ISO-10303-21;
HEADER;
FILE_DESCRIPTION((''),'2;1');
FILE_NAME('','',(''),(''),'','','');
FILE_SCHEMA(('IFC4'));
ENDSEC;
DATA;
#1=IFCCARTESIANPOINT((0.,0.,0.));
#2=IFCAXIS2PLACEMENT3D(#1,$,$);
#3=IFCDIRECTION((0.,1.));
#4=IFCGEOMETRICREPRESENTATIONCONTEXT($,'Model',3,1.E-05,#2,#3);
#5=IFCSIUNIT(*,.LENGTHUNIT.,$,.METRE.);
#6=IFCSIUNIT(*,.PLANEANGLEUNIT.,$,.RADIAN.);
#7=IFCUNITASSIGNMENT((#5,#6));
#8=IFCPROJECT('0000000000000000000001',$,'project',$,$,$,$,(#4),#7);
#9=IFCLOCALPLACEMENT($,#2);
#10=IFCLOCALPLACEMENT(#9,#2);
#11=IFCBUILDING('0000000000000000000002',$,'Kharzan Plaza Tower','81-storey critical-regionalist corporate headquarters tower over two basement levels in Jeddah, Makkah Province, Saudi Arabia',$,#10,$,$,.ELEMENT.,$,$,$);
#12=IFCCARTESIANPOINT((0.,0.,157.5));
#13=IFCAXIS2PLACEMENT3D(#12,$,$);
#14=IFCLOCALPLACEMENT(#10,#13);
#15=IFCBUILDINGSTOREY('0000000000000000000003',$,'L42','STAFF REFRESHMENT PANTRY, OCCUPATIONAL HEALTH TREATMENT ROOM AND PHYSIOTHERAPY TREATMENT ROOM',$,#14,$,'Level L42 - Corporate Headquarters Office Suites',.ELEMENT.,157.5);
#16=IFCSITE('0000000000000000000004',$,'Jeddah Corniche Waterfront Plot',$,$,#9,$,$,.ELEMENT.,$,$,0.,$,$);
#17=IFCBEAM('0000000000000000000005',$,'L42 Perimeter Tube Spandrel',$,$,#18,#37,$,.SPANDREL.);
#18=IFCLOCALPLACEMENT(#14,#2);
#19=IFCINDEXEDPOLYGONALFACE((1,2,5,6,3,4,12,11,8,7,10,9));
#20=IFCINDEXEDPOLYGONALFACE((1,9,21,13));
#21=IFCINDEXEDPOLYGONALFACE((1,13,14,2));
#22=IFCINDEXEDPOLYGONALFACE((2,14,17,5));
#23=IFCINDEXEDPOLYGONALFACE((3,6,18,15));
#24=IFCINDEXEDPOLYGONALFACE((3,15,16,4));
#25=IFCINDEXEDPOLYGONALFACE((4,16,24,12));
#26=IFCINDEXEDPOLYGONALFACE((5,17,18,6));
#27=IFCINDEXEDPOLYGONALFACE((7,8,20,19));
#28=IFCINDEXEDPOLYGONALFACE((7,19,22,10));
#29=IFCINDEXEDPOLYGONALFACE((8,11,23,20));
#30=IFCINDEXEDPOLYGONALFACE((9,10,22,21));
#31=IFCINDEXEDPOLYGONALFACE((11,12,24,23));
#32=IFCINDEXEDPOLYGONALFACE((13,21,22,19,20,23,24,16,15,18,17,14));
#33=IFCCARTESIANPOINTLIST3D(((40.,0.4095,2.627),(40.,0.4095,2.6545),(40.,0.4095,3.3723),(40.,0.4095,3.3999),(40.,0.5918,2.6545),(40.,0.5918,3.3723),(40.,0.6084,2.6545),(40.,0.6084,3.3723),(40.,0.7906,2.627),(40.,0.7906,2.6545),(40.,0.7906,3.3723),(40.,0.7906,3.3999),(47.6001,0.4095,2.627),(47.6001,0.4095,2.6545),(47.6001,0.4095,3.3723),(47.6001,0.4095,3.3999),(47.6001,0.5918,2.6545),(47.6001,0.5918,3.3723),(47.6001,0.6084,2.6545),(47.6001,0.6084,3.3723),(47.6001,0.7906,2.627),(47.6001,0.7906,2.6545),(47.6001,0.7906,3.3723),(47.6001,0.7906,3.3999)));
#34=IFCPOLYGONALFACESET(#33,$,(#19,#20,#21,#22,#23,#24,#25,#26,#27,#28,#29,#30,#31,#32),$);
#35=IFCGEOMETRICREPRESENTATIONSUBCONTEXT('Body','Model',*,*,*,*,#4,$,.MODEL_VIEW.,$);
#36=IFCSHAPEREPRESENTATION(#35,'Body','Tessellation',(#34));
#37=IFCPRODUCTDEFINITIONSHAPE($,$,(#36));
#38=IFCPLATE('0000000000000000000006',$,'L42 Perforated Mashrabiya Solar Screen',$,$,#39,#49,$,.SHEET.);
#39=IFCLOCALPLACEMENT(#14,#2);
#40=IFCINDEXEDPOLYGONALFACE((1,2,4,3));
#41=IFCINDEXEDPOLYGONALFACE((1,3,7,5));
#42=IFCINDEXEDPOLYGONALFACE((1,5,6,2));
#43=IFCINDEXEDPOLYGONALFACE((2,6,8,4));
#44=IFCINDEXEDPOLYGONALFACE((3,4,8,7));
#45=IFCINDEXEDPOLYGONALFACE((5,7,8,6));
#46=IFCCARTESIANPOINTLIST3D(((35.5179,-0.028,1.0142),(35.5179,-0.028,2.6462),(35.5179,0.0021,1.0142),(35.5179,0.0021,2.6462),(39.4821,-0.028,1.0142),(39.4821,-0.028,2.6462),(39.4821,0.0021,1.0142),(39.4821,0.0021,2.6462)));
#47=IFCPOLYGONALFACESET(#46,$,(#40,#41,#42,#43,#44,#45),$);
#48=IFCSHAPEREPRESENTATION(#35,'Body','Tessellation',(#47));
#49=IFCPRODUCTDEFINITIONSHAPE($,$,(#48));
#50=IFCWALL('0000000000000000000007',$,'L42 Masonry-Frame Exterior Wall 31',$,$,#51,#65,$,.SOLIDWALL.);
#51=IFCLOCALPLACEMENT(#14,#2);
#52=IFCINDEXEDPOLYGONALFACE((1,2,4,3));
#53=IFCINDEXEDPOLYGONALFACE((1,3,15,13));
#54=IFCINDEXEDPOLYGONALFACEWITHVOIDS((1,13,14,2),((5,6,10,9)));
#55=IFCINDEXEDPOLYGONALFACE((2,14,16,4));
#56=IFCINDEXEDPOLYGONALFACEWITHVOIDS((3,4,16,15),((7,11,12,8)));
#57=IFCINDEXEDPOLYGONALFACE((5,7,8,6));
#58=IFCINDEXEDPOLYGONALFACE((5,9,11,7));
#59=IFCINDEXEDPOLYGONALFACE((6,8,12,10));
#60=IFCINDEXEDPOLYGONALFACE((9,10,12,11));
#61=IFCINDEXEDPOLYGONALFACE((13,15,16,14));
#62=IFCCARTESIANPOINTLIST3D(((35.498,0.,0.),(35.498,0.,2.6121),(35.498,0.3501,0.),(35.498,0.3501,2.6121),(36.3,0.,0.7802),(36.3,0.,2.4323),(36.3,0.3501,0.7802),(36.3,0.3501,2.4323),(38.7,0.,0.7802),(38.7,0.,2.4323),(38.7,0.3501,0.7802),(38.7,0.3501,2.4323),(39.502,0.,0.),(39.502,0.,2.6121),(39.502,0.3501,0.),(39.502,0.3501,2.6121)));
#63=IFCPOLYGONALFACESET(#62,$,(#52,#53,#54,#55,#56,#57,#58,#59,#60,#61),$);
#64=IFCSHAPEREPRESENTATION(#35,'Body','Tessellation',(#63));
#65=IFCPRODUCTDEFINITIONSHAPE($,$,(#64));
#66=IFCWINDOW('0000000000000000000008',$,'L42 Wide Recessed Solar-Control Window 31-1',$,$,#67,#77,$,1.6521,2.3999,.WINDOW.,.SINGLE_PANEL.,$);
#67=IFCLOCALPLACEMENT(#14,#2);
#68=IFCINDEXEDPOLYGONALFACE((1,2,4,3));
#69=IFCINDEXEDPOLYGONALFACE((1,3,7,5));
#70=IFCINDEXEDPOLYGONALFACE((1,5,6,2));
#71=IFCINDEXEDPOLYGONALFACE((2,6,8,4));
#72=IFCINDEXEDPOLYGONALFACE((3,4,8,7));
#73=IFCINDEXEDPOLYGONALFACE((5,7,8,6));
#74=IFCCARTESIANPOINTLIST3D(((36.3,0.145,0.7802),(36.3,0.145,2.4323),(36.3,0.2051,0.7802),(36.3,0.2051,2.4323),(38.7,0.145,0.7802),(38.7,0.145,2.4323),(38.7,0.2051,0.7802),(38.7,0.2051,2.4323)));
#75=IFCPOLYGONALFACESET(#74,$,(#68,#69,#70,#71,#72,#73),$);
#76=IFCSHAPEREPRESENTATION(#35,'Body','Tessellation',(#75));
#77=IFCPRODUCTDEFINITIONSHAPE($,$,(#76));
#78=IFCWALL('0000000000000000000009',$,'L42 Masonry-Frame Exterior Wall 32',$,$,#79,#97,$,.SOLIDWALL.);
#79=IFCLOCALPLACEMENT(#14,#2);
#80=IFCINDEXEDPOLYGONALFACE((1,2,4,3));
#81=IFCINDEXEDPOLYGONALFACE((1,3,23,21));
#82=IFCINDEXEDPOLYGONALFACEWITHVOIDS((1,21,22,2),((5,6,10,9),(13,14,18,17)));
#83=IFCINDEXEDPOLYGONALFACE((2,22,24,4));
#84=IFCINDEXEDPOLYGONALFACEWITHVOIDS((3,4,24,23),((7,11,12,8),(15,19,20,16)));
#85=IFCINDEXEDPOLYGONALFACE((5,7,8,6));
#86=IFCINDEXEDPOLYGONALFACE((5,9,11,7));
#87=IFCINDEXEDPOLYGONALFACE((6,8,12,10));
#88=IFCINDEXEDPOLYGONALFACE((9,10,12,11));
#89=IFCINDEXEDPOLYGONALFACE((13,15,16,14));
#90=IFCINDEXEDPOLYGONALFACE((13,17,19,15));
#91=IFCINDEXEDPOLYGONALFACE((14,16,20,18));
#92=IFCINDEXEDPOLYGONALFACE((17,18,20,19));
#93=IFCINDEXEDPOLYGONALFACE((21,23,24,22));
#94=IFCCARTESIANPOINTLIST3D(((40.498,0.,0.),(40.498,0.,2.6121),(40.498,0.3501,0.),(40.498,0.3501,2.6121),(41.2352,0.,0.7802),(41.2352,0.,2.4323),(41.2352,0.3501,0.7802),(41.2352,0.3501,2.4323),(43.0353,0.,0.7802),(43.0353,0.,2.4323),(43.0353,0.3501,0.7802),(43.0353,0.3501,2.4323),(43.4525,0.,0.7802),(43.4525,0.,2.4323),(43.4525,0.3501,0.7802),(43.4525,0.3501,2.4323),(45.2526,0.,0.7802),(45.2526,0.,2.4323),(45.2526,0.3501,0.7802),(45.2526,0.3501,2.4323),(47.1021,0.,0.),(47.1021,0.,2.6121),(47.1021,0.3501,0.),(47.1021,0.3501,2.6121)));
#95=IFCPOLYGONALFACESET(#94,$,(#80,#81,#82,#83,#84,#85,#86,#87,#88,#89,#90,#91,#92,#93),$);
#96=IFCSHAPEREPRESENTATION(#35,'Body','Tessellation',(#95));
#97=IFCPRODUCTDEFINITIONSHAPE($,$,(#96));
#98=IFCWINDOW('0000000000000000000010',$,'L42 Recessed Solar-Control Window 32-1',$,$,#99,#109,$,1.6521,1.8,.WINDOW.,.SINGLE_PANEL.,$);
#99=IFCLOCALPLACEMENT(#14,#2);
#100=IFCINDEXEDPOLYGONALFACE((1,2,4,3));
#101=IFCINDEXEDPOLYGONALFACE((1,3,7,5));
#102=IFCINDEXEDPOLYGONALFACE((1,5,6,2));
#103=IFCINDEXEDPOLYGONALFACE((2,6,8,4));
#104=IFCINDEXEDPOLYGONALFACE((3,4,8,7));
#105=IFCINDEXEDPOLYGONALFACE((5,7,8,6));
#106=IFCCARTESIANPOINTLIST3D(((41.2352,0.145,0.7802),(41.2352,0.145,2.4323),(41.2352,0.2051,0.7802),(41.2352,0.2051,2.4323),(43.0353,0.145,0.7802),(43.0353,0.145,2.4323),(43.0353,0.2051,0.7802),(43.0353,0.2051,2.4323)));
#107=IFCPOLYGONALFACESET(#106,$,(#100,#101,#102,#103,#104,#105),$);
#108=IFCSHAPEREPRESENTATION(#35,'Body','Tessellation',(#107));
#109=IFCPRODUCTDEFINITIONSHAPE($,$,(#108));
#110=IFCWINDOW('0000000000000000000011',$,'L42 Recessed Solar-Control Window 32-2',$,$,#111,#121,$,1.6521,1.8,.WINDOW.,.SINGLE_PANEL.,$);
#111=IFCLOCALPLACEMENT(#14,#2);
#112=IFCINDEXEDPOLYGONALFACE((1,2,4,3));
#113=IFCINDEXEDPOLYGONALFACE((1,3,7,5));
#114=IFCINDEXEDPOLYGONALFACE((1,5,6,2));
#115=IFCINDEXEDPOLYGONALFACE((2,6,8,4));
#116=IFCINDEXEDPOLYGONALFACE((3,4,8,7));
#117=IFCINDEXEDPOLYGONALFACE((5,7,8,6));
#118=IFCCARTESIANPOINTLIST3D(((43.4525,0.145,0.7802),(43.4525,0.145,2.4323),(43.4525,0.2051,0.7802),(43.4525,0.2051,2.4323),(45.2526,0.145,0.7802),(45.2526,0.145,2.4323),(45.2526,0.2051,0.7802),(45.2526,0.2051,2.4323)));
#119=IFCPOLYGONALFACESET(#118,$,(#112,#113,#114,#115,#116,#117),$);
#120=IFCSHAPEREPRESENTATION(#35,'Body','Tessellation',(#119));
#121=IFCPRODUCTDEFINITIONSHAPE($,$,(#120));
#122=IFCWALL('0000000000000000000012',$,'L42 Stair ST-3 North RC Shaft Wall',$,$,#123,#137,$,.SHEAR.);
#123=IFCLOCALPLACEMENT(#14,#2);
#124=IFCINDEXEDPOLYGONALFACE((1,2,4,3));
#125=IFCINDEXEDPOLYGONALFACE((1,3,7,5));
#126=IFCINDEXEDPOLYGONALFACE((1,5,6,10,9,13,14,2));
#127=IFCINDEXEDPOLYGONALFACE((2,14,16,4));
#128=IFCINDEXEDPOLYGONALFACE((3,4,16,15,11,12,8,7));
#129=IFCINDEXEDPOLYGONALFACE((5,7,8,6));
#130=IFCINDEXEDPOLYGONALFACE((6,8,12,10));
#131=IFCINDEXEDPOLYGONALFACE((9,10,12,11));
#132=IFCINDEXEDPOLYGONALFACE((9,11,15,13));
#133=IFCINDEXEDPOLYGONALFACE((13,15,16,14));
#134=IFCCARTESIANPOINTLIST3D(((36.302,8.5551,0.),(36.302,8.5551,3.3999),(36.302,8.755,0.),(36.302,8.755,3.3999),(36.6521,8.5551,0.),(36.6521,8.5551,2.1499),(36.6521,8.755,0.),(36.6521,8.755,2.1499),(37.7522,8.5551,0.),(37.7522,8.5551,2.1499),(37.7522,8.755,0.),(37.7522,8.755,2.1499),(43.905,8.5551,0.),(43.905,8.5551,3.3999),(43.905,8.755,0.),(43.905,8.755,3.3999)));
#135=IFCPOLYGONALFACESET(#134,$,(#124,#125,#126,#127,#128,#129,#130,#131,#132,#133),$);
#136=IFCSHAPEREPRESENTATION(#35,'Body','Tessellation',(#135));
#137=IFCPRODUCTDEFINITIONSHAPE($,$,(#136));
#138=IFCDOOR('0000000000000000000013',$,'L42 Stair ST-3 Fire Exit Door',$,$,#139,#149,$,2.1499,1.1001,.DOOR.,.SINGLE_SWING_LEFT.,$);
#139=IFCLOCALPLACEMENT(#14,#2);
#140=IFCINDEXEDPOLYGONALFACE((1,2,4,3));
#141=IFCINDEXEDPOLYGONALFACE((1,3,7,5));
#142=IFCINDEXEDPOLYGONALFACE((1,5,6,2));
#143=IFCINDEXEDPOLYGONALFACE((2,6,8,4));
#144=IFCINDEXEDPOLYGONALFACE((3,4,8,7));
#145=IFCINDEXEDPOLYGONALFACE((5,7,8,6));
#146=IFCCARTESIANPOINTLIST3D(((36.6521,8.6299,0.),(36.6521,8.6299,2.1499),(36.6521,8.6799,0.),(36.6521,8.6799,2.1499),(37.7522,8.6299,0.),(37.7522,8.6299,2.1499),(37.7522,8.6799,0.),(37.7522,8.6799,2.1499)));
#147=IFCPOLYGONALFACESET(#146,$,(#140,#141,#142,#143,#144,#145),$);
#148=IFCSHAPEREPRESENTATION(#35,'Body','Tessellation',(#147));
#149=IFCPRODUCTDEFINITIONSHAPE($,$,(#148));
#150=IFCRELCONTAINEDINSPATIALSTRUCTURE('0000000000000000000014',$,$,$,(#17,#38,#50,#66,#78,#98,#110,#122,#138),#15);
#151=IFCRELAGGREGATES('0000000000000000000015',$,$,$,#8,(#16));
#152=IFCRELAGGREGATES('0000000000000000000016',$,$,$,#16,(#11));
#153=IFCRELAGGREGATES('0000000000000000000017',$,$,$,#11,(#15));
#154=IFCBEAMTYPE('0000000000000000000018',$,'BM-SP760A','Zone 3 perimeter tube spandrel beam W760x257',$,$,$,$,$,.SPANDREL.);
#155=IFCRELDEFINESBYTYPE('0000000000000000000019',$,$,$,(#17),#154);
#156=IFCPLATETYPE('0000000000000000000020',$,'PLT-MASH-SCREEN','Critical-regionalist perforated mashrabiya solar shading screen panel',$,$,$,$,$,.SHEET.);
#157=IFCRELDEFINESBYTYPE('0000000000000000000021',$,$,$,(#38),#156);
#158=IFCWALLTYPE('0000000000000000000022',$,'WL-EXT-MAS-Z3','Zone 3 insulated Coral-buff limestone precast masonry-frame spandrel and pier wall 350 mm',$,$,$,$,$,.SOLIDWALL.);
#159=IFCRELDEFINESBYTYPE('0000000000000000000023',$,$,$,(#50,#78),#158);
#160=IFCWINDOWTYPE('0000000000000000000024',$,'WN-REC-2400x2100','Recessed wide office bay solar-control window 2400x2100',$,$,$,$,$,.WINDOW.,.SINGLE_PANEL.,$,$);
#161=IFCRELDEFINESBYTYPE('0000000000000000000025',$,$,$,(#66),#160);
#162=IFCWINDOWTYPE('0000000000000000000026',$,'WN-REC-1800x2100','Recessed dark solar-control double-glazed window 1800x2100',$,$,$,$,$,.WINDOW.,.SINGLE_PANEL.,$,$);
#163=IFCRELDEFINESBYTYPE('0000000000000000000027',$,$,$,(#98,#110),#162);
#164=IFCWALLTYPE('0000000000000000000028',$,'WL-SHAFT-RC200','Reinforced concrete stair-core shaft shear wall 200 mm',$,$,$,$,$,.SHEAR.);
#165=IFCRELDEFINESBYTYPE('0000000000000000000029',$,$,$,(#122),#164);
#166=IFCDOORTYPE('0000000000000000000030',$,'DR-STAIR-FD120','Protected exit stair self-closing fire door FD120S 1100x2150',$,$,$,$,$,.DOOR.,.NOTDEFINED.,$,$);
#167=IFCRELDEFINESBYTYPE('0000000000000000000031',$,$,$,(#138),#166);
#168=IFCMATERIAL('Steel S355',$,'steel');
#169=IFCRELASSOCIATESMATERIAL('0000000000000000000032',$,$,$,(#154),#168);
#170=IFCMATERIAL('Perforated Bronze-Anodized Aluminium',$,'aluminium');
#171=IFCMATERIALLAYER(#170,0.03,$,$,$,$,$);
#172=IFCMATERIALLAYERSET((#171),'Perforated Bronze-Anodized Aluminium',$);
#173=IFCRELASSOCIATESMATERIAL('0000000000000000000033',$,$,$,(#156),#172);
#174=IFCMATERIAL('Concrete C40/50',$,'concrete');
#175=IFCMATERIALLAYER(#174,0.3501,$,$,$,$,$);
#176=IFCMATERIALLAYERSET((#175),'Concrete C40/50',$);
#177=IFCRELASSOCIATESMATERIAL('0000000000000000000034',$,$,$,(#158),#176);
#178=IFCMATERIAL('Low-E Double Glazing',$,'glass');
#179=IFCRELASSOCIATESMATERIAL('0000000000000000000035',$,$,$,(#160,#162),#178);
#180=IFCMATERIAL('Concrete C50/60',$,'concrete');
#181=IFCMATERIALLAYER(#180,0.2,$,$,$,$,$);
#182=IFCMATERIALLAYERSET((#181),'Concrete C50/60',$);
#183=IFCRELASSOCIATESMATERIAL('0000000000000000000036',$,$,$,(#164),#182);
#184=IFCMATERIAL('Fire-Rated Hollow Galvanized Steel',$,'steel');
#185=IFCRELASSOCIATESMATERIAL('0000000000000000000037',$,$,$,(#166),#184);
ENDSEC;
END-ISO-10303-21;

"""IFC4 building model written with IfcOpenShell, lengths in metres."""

from ifc_helpers import new_model, si_unit, direction, frame, frame_2d, origin, origin_2d, place, context, subcontext, project, spatial, rectangle, i_section, extrude, source, transform, mapped, material, layer, layer_set, material_profile, profile_set, type_object, element, fill, save


model = new_model("IFC4")

# Units and contexts
model_context = context("Model", 3, precision=1e-05, world=origin(), true_north=direction((0.0, 1.0)))
body_context = subcontext(model_context, "Body", "Model", "MODEL_VIEW")
ifc_project = project(units=[si_unit("LENGTHUNIT", "METRE"), si_unit("PLANEANGLEUNIT", "RADIAN")], contexts=[model_context])

# Site, building, storey
site_placement = place(None, origin())
site = spatial("IfcSite", under=ifc_project, at=site_placement, Name="Jeddah Corniche Waterfront Plot", CompositionType="ELEMENT", RefElevation=0.0)
building_placement = place(site_placement, origin())
building = spatial("IfcBuilding", under=site, at=building_placement, Name="Kharzan Plaza Tower", Description="81-storey critical-regionalist corporate headquarters tower over two basement levels in Jeddah, Makkah Province, Saudi Arabia", CompositionType="ELEMENT")
storey_placement = place(building_placement, frame((0.0, 0.0, 157.5)))
storey = spatial("IfcBuildingStorey", under=building, at=storey_placement, Name="L42", Description="STAFF REFRESHMENT PANTRY, OCCUPATIONAL HEALTH TREATMENT ROOM AND PHYSIOTHERAPY TREATMENT ROOM", LongName="Level L42 - Corporate Headquarters Office Suites", CompositionType="ELEMENT", Elevation=157.5)

# Shared definitions
ifc_material_1 = material(Name="Concrete C50/60", Category="concrete")

# Beam
ifc_material_2 = material(Name="Steel S355", Category="steel")
ifc_material_profile_1 = material_profile(ifc_material_2, i_section(OverallWidth=0.3811, OverallDepth=0.7729, WebThickness=0.0166, FlangeThickness=0.0276, at=origin_2d()), Name="W760x257")
ifc_profile_set_1 = profile_set([ifc_material_profile_1], Name="Steel S355")
beam_type_1 = type_object("IfcBeamType", Name="BM-SP760A", Description="Zone 3 perimeter tube spandrel beam W760x257", PredefinedType="SPANDREL", material=ifc_profile_set_1)
shared_shape_1 = source(origin(), body_context, "Body", "SweptSolid", [
    extrude(i_section(OverallWidth=0.3811, OverallDepth=0.7729, WebThickness=0.0166, FlangeThickness=0.0276, at=origin_2d()), origin(), (0.0, 0.0, 1.0), 7.6001),
])
beam_1_placement = place(storey_placement, frame((40.0, 0.6001, 3.0134), z_axis=(1.0, 0.0, 0.0), x_axis=(0.0, 1.0, 0.0)))
element("IfcBeam", 1, at=beam_1_placement, inside=storey, type_object=beam_type_1, Name="L42 Perimeter Tube Spandrel", PredefinedType="SPANDREL", context=body_context, shape_type="MappedRepresentation", body=[
    mapped(shared_shape_1, transform((0.0, 0.0, 0.0), x_axis=(1.0, 0.0, 0.0), y_axis=(0.0, 1.0, 0.0), z_axis=(0.0, 0.0, 1.0))),
])

# Plate
ifc_material_3 = material(Name="Perforated Bronze-Anodized Aluminium", Category="aluminium")
ifc_layer_1 = layer(ifc_material_3, 0.03)
ifc_layer_set_1 = layer_set([ifc_layer_1], Name="Perforated Bronze-Anodized Aluminium")
plate_type = type_object("IfcPlateType", Name="PLT-MASH-SCREEN", Description="Critical-regionalist perforated mashrabiya solar shading screen panel", PredefinedType="SHEET", material=ifc_layer_set_1)
shared_shape_2 = source(origin(), body_context, "Body", "SweptSolid", [
    extrude(rectangle(XDim=3.9641, YDim=0.03, at=origin_2d()), origin(), (0.0, 0.0, 1.0), 1.6321),
])
plate_placement = place(storey_placement, frame((37.5, -0.0129, 1.0142), z_axis=(0.0, 0.0, 1.0), x_axis=(1.0, 0.0, 0.0)))
element("IfcPlate", 2, at=plate_placement, inside=storey, type_object=plate_type, Name="L42 Perforated Mashrabiya Solar Screen", PredefinedType="SHEET", context=body_context, shape_type="MappedRepresentation", body=[
    mapped(shared_shape_2, transform((0.0, 0.0, 0.0), x_axis=(1.0, 0.0, 0.0), y_axis=(0.0, 1.0, 0.0), z_axis=(0.0, 0.0, 1.0))),
])

# Wall, opening, window
ifc_material_4 = material(Name="Concrete C40/50", Category="concrete")
ifc_layer_2 = layer(ifc_material_4, 0.3501)
ifc_layer_set_2 = layer_set([ifc_layer_2], Name="Concrete C40/50")
wall_type_1 = type_object("IfcWallType", Name="WL-EXT-MAS-Z3", Description="Zone 3 insulated Coral-buff limestone precast masonry-frame spandrel and pier wall 350 mm", PredefinedType="SOLIDWALL", material=ifc_layer_set_2)
wall_1_placement = place(storey_placement, frame((35.498, 0.175, 0.0), z_axis=(0.0, 0.0, 1.0), x_axis=(1.0, 0.0, 0.0)))
wall_1 = element("IfcWall", 3, at=wall_1_placement, inside=storey, type_object=wall_type_1, Name="L42 Masonry-Frame Exterior Wall 31", PredefinedType="SOLIDWALL", context=body_context, shape_type="SweptSolid", body=[
    extrude(rectangle(XDim=4.0039, YDim=0.3501, at=frame_2d((2.002, 0.0))), origin(), (0.0, 0.0, 1.0), 2.6121),
])
opening_1_placement = place(wall_1_placement, frame((0.802, 0.0, 0.78)))
opening_1 = element("IfcOpeningElement", 4, at=opening_1_placement, cuts=wall_1, PredefinedType="OPENING", context=body_context, shape_type="SweptSolid", body=[
    extrude(rectangle(XDim=2.3999, YDim=1.6521, at=frame_2d((1.2, 0.8262))), frame((0.0, 0.1851, 0.0), z_axis=(0.0, -1.0, 0.0), x_axis=(1.0, 0.0, 0.0)), (0.0, 0.0, 1.0), 0.3701),
])
ifc_material_5 = material(Name="Low-E Double Glazing", Category="glass")
window_type_1 = type_object("IfcWindowType", Name="WN-REC-2400x2100", Description="Recessed wide office bay solar-control window 2400x2100", PartitioningType="SINGLE_PANEL", PredefinedType="WINDOW", material=ifc_material_5)
shared_shape_3 = source(origin(), body_context, "Body", "SweptSolid", [
    extrude(rectangle(XDim=2.3999, YDim=1.6521, at=frame_2d((1.2, 0.8262))), frame((0.0, 0.03, 0.0), z_axis=(0.0, -1.0, 0.0), x_axis=(1.0, 0.0, 0.0)), (0.0, 0.0, 1.0), 0.0601),
])
window_1_placement = place(opening_1_placement, origin())
window_1 = element("IfcWindow", 5, at=window_1_placement, inside=storey, type_object=window_type_1, Name="L42 Wide Recessed Solar-Control Window 31-1", OverallHeight=1.6521, OverallWidth=2.3999, PartitioningType="SINGLE_PANEL", PredefinedType="WINDOW", context=body_context, shape_type="MappedRepresentation", body=[
    mapped(shared_shape_3, transform((0.0, 0.0, 0.0), x_axis=(1.0, 0.0, 0.0), y_axis=(0.0, 1.0, 0.0), z_axis=(0.0, 0.0, 1.0))),
])
fill(opening_1, window_1)

# Wall, openings, windows
wall_2_placement = place(storey_placement, frame((40.498, 0.175, 0.0), z_axis=(0.0, 0.0, 1.0), x_axis=(1.0, 0.0, 0.0)))
wall_2 = element("IfcWall", 6, at=wall_2_placement, inside=storey, type_object=wall_type_1, Name="L42 Masonry-Frame Exterior Wall 32", PredefinedType="SOLIDWALL", context=body_context, shape_type="SweptSolid", body=[
    extrude(rectangle(XDim=6.604, YDim=0.3501, at=frame_2d((3.302, 0.0))), origin(), (0.0, 0.0, 1.0), 2.6121),
])
opening_2_placement = place(wall_2_placement, frame((0.7373, 0.0, 0.78)))
opening_2 = element("IfcOpeningElement", 7, at=opening_2_placement, cuts=wall_2, PredefinedType="OPENING", context=body_context, shape_type="SweptSolid", body=[
    extrude(rectangle(XDim=1.8, YDim=1.6521, at=frame_2d((0.8999, 0.8262))), frame((0.0, 0.1851, 0.0), z_axis=(0.0, -1.0, 0.0), x_axis=(1.0, 0.0, 0.0)), (0.0, 0.0, 1.0), 0.3701),
])
opening_3_placement = place(wall_2_placement, frame((2.9546, 0.0, 0.78)))
opening_3 = element("IfcOpeningElement", 8, at=opening_3_placement, cuts=wall_2, PredefinedType="OPENING", context=body_context, shape_type="SweptSolid", body=[
    extrude(rectangle(XDim=1.8, YDim=1.6521, at=frame_2d((0.8999, 0.8262))), frame((0.0, 0.1851, 0.0), z_axis=(0.0, -1.0, 0.0), x_axis=(1.0, 0.0, 0.0)), (0.0, 0.0, 1.0), 0.3701),
])
window_type_2 = type_object("IfcWindowType", Name="WN-REC-1800x2100", Description="Recessed dark solar-control double-glazed window 1800x2100", PartitioningType="SINGLE_PANEL", PredefinedType="WINDOW", material=ifc_material_5)
shared_shape_4 = source(origin(), body_context, "Body", "SweptSolid", [
    extrude(rectangle(XDim=1.8, YDim=1.6521, at=frame_2d((0.8999, 0.8262))), frame((0.0, 0.03, 0.0), z_axis=(0.0, -1.0, 0.0), x_axis=(1.0, 0.0, 0.0)), (0.0, 0.0, 1.0), 0.0601),
])
window_2_placement = place(opening_2_placement, origin())
window_2 = element("IfcWindow", 9, at=window_2_placement, inside=storey, type_object=window_type_2, Name="L42 Recessed Solar-Control Window 32-1", OverallHeight=1.6521, OverallWidth=1.8, PartitioningType="SINGLE_PANEL", PredefinedType="WINDOW", context=body_context, shape_type="MappedRepresentation", body=[
    mapped(shared_shape_4, transform((0.0, 0.0, 0.0), x_axis=(1.0, 0.0, 0.0), y_axis=(0.0, 1.0, 0.0), z_axis=(0.0, 0.0, 1.0))),
])
fill(opening_2, window_2)
window_3_placement = place(opening_3_placement, origin())
window_3 = element("IfcWindow", 10, at=window_3_placement, inside=storey, type_object=window_type_2, Name="L42 Recessed Solar-Control Window 32-2", OverallHeight=1.6521, OverallWidth=1.8, PartitioningType="SINGLE_PANEL", PredefinedType="WINDOW", context=body_context, shape_type="MappedRepresentation", body=[
    mapped(shared_shape_4, transform((0.0, 0.0, 0.0), x_axis=(1.0, 0.0, 0.0), y_axis=(0.0, 1.0, 0.0), z_axis=(0.0, 0.0, 1.0))),
])
fill(opening_3, window_3)

# Wall, opening, door
ifc_layer_3 = layer(ifc_material_1, 0.2)
ifc_layer_set_3 = layer_set([ifc_layer_3], Name="Concrete C50/60")
wall_type_2 = type_object("IfcWallType", Name="WL-SHAFT-RC200", Description="Reinforced concrete stair-core shaft shear wall 200 mm", PredefinedType="SHEAR", material=ifc_layer_set_3)
wall_3_placement = place(storey_placement, frame((36.302, 8.655, 0.0), z_axis=(0.0, 0.0, 1.0), x_axis=(1.0, 0.0, 0.0)))
wall_3 = element("IfcWall", 11, at=wall_3_placement, inside=storey, type_object=wall_type_2, Name="L42 Stair ST-3 North RC Shaft Wall", PredefinedType="SHEAR", context=body_context, shape_type="SweptSolid", body=[
    extrude(rectangle(XDim=7.603, YDim=0.2, at=frame_2d((3.8015, 0.0))), origin(), (0.0, 0.0, 1.0), 3.3999),
])
opening_4_placement = place(wall_3_placement, frame((0.3501, 0.0, 0.0)))
opening_4 = element("IfcOpeningElement", 12, at=opening_4_placement, cuts=wall_3, PredefinedType="OPENING", context=body_context, shape_type="SweptSolid", body=[
    extrude(rectangle(XDim=1.1001, YDim=2.1499, at=frame_2d((0.55, 1.075))), frame((0.0, 0.1099, 0.0), z_axis=(0.0, -1.0, 0.0), x_axis=(1.0, 0.0, 0.0)), (0.0, 0.0, 1.0), 0.22),
])
ifc_material_6 = material(Name="Fire-Rated Hollow Galvanized Steel", Category="steel")
door_type = type_object("IfcDoorType", Name="DR-STAIR-FD120", Description="Protected exit stair self-closing fire door FD120S 1100x2150", OperationType="NOTDEFINED", PredefinedType="DOOR", material=ifc_material_6)
shared_shape_5 = source(origin(), body_context, "Body", "SweptSolid", [
    extrude(rectangle(XDim=1.1001, YDim=2.1499, at=frame_2d((0.55, 1.075))), frame((0.0, 0.0249, 0.0), z_axis=(0.0, -1.0, 0.0), x_axis=(1.0, 0.0, 0.0)), (0.0, 0.0, 1.0), 0.05),
])
door_placement = place(opening_4_placement, origin())
door = element("IfcDoor", 13, at=door_placement, inside=storey, type_object=door_type, Name="L42 Stair ST-3 Fire Exit Door", OperationType="SINGLE_SWING_LEFT", OverallHeight=2.1499, OverallWidth=1.1001, PredefinedType="DOOR", context=body_context, shape_type="MappedRepresentation", body=[
    mapped(shared_shape_5, transform((0.0, 0.0, 0.0), x_axis=(1.0, 0.0, 0.0), y_axis=(0.0, 1.0, 0.0), z_axis=(0.0, 0.0, 1.0))),
])
fill(opening_4, door)

save(model, "model.ifc")
